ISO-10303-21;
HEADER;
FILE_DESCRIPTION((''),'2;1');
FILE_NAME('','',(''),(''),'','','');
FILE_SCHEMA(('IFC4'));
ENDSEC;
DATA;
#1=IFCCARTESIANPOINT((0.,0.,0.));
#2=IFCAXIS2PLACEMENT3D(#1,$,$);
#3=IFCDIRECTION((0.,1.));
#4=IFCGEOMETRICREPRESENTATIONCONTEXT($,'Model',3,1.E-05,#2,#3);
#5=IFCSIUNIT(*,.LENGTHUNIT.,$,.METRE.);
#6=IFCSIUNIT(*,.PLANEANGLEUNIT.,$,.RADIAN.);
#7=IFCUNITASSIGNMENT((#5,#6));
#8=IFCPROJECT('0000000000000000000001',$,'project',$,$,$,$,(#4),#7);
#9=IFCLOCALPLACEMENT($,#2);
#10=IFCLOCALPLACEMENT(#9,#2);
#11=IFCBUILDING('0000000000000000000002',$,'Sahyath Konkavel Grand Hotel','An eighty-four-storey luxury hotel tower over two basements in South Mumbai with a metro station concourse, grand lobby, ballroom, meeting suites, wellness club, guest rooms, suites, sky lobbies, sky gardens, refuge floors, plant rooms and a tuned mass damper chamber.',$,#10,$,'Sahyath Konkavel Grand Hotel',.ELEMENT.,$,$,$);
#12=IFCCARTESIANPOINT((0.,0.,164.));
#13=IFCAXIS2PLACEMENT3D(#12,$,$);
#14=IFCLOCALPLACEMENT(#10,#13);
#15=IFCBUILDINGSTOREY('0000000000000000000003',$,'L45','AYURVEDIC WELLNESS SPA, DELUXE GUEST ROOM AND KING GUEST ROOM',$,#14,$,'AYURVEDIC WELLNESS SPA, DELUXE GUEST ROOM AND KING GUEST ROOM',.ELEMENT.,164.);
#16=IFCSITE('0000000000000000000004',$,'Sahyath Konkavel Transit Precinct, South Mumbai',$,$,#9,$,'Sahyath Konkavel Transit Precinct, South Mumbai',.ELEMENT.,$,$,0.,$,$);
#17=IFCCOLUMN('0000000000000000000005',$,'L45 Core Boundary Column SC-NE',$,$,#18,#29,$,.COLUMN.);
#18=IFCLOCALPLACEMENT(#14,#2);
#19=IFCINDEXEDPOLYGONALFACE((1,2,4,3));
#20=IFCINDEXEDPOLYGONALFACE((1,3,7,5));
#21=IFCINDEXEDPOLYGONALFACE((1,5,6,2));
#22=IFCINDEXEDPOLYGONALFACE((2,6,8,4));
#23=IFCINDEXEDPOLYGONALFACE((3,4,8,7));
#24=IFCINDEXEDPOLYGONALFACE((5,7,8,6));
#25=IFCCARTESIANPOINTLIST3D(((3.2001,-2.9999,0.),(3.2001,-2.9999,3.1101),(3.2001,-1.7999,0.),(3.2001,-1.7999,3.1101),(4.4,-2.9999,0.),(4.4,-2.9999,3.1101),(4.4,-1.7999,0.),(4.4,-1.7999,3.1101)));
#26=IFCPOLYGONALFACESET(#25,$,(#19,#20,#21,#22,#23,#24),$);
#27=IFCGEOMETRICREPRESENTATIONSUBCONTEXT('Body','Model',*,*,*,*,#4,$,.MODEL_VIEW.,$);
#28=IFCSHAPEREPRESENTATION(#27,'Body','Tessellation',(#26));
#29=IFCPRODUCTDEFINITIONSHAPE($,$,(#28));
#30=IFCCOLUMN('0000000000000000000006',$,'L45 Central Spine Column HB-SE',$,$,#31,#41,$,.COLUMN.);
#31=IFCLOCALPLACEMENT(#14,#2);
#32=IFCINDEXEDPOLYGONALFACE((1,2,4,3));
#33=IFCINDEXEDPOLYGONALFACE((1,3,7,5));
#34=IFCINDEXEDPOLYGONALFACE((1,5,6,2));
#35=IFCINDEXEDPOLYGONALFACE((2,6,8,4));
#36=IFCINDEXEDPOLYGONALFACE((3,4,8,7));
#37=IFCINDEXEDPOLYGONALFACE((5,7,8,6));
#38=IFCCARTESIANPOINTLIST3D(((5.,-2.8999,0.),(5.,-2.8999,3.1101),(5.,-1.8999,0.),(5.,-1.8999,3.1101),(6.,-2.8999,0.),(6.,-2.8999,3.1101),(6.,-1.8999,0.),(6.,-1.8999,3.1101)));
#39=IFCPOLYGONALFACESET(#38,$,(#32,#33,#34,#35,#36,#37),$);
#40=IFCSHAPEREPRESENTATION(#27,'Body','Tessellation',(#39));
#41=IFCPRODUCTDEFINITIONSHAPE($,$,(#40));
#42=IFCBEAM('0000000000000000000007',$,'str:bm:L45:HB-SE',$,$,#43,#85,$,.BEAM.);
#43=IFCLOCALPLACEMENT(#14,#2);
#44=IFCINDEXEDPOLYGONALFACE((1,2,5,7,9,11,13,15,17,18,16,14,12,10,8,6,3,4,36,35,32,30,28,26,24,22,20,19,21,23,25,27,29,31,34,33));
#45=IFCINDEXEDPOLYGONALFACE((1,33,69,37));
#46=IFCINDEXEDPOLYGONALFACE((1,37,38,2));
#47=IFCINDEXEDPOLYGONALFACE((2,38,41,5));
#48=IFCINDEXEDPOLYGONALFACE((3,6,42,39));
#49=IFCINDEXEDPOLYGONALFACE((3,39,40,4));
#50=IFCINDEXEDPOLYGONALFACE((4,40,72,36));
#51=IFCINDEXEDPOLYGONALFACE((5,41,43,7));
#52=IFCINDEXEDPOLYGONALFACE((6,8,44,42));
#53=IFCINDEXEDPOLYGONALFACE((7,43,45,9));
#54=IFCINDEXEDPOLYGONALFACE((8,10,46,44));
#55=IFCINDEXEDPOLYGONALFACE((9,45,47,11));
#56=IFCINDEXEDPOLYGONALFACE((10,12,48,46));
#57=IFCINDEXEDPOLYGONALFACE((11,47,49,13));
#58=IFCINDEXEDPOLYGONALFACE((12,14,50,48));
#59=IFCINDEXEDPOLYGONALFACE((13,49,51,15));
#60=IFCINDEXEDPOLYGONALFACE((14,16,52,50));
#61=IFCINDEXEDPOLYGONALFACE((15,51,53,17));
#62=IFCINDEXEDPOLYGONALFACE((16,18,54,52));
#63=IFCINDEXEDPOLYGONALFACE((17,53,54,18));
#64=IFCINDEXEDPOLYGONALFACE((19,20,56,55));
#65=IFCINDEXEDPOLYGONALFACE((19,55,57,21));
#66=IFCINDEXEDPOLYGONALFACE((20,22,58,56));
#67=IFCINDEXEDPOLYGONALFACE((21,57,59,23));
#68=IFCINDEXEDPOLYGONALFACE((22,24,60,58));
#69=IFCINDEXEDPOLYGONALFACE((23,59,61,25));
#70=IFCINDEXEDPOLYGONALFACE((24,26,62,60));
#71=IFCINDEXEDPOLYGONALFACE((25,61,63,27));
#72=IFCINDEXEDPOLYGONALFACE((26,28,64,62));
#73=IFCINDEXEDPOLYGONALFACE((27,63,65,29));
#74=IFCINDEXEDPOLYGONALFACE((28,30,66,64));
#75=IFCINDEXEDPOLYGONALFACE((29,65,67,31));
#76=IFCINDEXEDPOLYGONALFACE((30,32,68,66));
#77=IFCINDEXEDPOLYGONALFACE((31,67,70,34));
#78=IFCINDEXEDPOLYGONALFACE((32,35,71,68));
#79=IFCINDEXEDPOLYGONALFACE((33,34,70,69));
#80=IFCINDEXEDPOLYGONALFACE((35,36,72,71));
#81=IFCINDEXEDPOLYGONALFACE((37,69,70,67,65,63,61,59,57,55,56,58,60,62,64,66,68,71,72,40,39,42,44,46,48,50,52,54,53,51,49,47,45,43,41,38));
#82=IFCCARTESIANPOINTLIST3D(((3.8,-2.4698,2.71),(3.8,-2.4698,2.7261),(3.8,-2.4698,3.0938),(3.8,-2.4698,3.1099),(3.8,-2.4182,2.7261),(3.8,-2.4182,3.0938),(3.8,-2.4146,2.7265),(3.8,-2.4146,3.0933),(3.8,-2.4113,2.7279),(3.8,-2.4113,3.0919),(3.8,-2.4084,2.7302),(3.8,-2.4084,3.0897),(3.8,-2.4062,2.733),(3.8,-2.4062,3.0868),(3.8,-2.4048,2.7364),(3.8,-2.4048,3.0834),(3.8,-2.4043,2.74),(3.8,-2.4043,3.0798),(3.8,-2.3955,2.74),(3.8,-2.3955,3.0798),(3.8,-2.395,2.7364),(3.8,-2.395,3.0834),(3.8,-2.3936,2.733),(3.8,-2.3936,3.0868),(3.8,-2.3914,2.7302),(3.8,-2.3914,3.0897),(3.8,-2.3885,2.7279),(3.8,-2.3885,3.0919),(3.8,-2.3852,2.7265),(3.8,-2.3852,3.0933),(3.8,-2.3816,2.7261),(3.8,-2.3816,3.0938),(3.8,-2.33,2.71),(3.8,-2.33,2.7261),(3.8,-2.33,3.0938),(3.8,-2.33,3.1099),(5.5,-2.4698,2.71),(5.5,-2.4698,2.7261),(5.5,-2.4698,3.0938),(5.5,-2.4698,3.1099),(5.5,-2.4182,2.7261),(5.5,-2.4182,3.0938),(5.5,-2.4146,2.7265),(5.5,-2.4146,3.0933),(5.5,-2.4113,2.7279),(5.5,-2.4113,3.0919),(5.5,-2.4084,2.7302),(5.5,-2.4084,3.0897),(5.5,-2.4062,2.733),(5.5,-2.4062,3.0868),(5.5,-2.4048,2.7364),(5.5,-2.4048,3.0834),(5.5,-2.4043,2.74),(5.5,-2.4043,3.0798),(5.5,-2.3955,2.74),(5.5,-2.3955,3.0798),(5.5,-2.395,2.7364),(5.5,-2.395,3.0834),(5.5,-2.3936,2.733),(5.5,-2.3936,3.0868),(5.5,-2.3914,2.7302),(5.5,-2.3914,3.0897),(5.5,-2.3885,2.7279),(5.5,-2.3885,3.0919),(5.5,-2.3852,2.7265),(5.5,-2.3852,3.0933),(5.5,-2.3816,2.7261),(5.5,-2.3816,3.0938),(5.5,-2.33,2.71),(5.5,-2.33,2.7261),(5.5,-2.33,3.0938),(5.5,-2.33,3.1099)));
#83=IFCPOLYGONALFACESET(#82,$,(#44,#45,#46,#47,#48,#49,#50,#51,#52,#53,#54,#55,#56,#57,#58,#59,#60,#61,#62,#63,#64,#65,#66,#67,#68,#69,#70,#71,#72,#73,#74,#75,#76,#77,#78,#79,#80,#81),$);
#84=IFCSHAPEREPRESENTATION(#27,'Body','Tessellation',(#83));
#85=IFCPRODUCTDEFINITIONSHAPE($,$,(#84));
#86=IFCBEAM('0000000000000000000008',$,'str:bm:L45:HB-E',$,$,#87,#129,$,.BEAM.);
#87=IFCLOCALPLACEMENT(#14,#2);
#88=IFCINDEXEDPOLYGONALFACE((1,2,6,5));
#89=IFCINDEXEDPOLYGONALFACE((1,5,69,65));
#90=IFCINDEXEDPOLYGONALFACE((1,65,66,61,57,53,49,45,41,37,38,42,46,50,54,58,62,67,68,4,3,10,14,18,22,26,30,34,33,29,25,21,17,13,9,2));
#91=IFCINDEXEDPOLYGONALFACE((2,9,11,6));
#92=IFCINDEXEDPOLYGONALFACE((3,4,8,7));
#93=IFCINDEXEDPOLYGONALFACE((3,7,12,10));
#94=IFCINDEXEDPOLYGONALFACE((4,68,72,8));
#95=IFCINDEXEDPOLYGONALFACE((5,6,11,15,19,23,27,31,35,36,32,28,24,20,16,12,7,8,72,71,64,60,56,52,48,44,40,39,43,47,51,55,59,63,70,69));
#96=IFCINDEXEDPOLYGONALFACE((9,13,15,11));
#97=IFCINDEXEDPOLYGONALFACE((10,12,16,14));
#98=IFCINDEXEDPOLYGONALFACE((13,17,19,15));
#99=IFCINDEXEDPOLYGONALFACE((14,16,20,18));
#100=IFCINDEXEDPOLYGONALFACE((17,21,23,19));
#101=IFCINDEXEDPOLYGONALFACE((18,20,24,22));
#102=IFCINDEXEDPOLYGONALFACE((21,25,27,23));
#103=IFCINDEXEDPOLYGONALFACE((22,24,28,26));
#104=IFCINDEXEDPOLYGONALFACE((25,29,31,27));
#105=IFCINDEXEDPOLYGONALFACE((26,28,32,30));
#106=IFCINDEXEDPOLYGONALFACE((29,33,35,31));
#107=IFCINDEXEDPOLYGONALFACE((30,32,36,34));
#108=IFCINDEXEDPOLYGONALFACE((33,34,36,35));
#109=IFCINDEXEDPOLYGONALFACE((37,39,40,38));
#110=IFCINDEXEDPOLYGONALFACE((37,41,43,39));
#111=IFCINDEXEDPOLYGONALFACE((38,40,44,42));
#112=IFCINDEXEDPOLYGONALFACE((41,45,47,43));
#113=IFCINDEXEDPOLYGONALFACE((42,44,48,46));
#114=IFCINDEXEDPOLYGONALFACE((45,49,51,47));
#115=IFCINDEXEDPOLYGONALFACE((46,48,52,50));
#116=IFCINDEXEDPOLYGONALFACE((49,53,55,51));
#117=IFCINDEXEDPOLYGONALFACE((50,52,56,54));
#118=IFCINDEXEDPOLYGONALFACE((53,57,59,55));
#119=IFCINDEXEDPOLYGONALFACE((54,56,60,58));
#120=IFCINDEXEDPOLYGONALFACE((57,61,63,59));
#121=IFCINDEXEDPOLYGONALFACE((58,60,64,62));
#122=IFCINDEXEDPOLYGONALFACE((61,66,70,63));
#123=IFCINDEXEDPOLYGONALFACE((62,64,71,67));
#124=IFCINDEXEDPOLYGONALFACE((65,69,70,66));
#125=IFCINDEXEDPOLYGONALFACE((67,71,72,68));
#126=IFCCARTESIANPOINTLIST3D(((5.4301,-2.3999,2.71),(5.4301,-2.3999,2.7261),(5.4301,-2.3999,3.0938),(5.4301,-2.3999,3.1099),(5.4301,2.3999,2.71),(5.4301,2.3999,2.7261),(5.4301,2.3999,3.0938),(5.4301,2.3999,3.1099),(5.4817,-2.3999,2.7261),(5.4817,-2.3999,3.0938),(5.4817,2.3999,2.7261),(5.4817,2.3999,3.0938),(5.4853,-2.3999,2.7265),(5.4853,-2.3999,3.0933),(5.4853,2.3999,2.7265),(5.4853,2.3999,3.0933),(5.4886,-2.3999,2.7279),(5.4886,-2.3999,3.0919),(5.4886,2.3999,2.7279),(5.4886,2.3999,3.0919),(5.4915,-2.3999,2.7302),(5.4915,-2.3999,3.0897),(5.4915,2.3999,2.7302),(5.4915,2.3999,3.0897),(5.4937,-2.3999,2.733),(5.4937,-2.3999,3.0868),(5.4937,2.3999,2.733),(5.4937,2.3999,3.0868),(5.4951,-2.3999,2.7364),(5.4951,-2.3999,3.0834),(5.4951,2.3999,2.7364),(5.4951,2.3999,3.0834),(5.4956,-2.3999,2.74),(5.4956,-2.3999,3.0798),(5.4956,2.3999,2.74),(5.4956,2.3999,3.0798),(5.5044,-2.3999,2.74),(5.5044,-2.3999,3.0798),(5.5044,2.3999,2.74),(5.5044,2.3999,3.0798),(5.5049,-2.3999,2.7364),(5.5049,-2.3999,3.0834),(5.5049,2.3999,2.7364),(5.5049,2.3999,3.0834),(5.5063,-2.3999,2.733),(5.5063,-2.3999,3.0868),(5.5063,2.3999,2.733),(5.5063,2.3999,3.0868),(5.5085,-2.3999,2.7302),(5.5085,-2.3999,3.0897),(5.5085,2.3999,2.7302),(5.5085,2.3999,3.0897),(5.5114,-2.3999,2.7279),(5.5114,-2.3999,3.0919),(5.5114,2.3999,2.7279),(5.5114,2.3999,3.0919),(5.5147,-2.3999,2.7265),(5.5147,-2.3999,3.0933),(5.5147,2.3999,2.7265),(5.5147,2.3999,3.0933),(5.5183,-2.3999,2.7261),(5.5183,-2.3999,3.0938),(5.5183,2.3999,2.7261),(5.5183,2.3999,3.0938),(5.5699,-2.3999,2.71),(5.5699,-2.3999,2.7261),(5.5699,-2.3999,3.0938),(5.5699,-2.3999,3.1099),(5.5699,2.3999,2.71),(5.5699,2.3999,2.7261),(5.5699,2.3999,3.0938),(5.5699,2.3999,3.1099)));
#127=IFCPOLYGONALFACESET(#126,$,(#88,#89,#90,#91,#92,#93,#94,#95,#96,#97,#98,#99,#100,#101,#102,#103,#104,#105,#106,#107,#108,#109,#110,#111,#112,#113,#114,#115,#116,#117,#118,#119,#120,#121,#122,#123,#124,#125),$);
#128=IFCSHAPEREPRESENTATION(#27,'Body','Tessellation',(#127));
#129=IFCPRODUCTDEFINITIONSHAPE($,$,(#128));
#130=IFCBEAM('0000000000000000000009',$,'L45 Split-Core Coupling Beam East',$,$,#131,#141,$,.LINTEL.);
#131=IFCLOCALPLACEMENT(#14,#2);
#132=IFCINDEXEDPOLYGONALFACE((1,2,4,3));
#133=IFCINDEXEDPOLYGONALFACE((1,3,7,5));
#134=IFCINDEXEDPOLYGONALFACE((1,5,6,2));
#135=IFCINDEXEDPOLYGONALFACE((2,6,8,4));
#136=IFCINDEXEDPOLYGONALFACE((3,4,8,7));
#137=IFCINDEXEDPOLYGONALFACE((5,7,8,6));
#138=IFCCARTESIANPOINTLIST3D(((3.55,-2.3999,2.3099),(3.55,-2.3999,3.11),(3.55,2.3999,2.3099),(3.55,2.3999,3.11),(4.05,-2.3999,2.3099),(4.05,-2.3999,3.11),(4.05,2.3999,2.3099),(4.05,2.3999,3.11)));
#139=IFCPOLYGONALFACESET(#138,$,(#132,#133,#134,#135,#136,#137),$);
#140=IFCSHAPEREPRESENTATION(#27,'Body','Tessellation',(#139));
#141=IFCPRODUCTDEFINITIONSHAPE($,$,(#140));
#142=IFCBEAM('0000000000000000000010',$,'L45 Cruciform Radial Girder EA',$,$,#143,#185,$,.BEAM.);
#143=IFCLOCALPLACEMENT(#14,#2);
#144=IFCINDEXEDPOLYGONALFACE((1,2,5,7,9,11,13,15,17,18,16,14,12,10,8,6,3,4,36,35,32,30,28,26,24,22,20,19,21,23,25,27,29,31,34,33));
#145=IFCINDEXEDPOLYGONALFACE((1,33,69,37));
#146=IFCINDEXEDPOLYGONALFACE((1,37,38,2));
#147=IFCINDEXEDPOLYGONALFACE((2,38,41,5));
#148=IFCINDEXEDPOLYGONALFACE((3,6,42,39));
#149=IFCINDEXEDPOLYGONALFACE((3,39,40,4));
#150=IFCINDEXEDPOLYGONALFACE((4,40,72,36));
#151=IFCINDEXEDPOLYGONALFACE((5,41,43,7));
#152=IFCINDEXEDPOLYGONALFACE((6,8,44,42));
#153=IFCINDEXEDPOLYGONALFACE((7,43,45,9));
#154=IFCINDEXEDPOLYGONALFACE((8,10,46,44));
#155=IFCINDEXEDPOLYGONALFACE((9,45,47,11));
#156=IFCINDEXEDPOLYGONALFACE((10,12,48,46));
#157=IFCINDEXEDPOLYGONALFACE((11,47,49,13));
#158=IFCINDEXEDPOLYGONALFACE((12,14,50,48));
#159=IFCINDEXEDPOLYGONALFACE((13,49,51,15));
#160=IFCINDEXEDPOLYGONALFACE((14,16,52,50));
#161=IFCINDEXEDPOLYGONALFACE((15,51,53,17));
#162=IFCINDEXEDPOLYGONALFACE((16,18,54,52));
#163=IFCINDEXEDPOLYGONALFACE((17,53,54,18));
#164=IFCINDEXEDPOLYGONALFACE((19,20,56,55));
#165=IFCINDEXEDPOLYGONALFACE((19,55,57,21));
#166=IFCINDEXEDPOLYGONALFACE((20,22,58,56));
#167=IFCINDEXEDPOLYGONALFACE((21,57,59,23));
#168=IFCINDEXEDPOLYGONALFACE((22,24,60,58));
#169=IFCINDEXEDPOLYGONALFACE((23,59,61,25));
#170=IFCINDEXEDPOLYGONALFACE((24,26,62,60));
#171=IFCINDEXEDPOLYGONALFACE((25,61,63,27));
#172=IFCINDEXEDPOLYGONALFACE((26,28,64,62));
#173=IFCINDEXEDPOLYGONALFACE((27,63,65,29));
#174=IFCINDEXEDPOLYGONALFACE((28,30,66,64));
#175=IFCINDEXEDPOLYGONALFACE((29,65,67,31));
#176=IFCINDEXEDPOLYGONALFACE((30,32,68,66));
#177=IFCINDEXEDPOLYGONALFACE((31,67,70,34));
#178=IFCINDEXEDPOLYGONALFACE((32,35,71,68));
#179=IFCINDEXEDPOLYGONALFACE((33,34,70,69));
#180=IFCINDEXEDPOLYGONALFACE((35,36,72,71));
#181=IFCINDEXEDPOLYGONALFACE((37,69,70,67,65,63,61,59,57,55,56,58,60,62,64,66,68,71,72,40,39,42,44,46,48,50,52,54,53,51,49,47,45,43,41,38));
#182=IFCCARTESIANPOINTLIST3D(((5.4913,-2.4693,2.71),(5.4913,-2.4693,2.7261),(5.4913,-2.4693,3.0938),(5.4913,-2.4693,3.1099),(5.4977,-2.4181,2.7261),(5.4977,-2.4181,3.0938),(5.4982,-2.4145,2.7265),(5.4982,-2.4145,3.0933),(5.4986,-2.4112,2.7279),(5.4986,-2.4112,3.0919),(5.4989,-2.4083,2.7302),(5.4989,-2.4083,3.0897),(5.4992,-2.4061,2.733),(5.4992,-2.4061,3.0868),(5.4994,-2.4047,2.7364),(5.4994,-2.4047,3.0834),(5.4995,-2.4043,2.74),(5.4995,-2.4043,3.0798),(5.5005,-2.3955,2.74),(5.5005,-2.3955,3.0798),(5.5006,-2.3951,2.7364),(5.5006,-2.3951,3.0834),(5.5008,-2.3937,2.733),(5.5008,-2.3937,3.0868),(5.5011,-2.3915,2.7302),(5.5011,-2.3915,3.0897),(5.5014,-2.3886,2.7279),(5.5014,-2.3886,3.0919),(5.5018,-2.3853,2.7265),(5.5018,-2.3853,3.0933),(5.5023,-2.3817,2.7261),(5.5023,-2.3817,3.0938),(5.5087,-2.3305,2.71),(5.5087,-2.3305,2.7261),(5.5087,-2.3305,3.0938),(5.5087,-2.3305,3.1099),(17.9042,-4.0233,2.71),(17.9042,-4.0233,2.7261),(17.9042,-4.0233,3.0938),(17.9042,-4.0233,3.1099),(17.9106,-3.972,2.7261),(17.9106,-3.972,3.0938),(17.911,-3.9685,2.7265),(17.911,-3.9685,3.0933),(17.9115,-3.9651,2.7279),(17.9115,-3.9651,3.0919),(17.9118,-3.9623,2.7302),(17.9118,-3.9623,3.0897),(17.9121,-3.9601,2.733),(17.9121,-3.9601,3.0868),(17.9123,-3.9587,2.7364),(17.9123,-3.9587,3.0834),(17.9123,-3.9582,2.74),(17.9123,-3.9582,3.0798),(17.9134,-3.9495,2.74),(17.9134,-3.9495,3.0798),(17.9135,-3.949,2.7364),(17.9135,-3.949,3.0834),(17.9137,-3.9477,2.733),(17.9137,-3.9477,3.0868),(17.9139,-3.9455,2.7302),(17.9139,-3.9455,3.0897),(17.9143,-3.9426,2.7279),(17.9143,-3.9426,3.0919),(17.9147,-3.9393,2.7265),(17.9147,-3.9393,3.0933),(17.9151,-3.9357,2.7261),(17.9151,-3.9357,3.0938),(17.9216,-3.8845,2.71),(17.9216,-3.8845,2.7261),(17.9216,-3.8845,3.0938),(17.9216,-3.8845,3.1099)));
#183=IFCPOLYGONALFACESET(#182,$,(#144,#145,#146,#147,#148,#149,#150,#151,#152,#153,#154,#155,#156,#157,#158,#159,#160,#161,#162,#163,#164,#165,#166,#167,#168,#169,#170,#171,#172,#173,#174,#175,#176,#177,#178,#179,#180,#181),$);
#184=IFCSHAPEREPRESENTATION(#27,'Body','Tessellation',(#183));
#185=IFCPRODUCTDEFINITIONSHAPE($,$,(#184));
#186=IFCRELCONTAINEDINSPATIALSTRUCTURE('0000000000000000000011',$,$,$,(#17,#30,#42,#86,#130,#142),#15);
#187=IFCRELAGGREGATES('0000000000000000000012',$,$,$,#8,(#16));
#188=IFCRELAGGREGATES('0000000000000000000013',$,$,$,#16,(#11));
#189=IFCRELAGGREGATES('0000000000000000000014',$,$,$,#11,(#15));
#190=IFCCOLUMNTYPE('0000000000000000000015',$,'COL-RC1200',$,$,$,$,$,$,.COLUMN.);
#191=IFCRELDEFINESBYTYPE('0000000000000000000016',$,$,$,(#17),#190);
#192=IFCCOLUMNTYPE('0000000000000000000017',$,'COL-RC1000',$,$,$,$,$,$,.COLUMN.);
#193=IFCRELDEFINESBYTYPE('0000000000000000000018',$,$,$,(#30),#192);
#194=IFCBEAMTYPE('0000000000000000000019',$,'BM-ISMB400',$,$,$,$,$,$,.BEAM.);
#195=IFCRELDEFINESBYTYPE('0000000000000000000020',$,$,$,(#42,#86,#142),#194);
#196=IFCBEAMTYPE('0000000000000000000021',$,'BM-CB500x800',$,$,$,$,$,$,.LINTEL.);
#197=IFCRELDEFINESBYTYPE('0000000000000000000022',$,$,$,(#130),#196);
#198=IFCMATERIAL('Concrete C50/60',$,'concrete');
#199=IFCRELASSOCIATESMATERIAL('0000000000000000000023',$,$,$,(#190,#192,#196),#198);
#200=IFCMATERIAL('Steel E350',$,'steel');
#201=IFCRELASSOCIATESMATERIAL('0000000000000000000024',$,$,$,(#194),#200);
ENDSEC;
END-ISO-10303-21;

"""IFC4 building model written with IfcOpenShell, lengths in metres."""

from ifc_helpers import new_model, si_unit, direction, frame, origin, origin_2d, place, context, subcontext, project, spatial, rectangle, i_section, extrude, source, transform, mapped, material, material_profile, profile_set, type_object, element, save


model = new_model("IFC4")

# Units and contexts
model_context = context("Model", 3, precision=1e-05, world=origin(), true_north=direction((0.0, 1.0)))
body_context = subcontext(model_context, "Body", "Model", "MODEL_VIEW")
ifc_project = project(units=[si_unit("LENGTHUNIT", "METRE"), si_unit("PLANEANGLEUNIT", "RADIAN")], contexts=[model_context])

# Site, building, storey
site_placement = place(None, origin())
site = spatial("IfcSite", under=ifc_project, at=site_placement, Name="Sahyath Konkavel Transit Precinct, South Mumbai", LongName="Sahyath Konkavel Transit Precinct, South Mumbai", CompositionType="ELEMENT", RefElevation=0.0)
building_placement = place(site_placement, origin())
building = spatial("IfcBuilding", under=site, at=building_placement, Name="Sahyath Konkavel Grand Hotel", Description="An eighty-four-storey luxury hotel tower over two basements in South Mumbai with a metro station concourse, grand lobby, ballroom, meeting suites, wellness club, guest rooms, suites, sky lobbies, sky gardens, refuge floors, plant rooms and a tuned mass damper chamber.", LongName="Sahyath Konkavel Grand Hotel", CompositionType="ELEMENT")
storey_placement = place(building_placement, frame((0.0, 0.0, 164.0)))
storey = spatial("IfcBuildingStorey", under=building, at=storey_placement, Name="L45", Description="AYURVEDIC WELLNESS SPA, DELUXE GUEST ROOM AND KING GUEST ROOM", LongName="AYURVEDIC WELLNESS SPA, DELUXE GUEST ROOM AND KING GUEST ROOM", CompositionType="ELEMENT", Elevation=164.0)

# Columns
ifc_material_1 = material(Name="Concrete C50/60", Category="concrete")
ifc_material_profile_1 = material_profile(ifc_material_1, rectangle(XDim=1.2, YDim=1.2, at=origin_2d()), Name="RC 1200x1200")
ifc_profile_set_1 = profile_set([ifc_material_profile_1], Name="Concrete C50/60")
column_type_1 = type_object("IfcColumnType", Name="COL-RC1200", PredefinedType="COLUMN", material=ifc_profile_set_1)
shared_shape_1 = source(origin(), body_context, "Body", "SweptSolid", [
    extrude(rectangle(XDim=1.2, YDim=1.2, at=origin_2d()), origin(), (0.0, 0.0, 1.0), 3.1101),
])
column_1_placement = place(storey_placement, frame((3.8, -2.3999, 0.0), z_axis=(0.0, 0.0, 1.0), x_axis=(1.0, 0.0, 0.0)))
element("IfcColumn", 1, at=column_1_placement, inside=storey, type_object=column_type_1, Name="L45 Core Boundary Column SC-NE", PredefinedType="COLUMN", context=body_context, shape_type="MappedRepresentation", body=[
    mapped(shared_shape_1, transform((0.0, 0.0, 0.0), scale=1.0)),
])
ifc_material_profile_2 = material_profile(ifc_material_1, rectangle(XDim=1.0, YDim=1.0, at=origin_2d()), Name="RC 1000x1000")
ifc_profile_set_2 = profile_set([ifc_material_profile_2], Name="Concrete C50/60")
column_type_2 = type_object("IfcColumnType", Name="COL-RC1000", PredefinedType="COLUMN", material=ifc_profile_set_2)
shared_shape_2 = source(origin(), body_context, "Body", "SweptSolid", [
    extrude(rectangle(XDim=1.0, YDim=1.0, at=origin_2d()), origin(), (0.0, 0.0, 1.0), 3.1101),
])
column_2_placement = place(storey_placement, frame((5.5, -2.3999, 0.0), z_axis=(0.0, 0.0, 1.0), x_axis=(1.0, 0.0, 0.0)))
element("IfcColumn", 2, at=column_2_placement, inside=storey, type_object=column_type_2, Name="L45 Central Spine Column HB-SE", PredefinedType="COLUMN", context=body_context, shape_type="MappedRepresentation", body=[
    mapped(shared_shape_2, transform((0.0, 0.0, 0.0), scale=1.0)),
])

# Beams
ifc_material_2 = material(Name="Steel E350", Category="steel")
ifc_material_profile_3 = material_profile(ifc_material_2, i_section(OverallWidth=0.1399, OverallDepth=0.3999, WebThickness=0.0088, FlangeThickness=0.0161, FilletRadius=0.0139, at=origin_2d()), Name="ISMB 400")
ifc_profile_set_3 = profile_set([ifc_material_profile_3], Name="Steel E350")
beam_type_1 = type_object("IfcBeamType", Name="BM-ISMB400", PredefinedType="BEAM", material=ifc_profile_set_3)
shared_shape_3 = source(origin(), body_context, "Body", "SweptSolid", [
    extrude(i_section(OverallWidth=0.1399, OverallDepth=0.3999, WebThickness=0.0088, FlangeThickness=0.0161, FilletRadius=0.0139, at=origin_2d()), origin(), (0.0, 0.0, 1.0), 1.7),
])
beam_1_placement = place(storey_placement, frame((3.8, -2.3999, 2.9099), z_axis=(1.0, 0.0, 0.0), x_axis=(0.0, 1.0, 0.0)))
element("IfcBeam", 3, at=beam_1_placement, inside=storey, type_object=beam_type_1, Name="str:bm:L45:HB-SE", PredefinedType="BEAM", context=body_context, shape_type="MappedRepresentation", body=[
    mapped(shared_shape_3, transform((0.0, 0.0, 0.0), scale=1.0)),
])
shared_shape_4 = source(origin(), body_context, "Body", "SweptSolid", [
    extrude(i_section(OverallWidth=0.1399, OverallDepth=0.3999, WebThickness=0.0088, FlangeThickness=0.0161, FilletRadius=0.0139, at=origin_2d()), origin(), (0.0, 0.0, 1.0), 4.7998),
])
beam_2_placement = place(storey_placement, frame((5.5, -2.3999, 2.9099), z_axis=(0.0, 1.0, 0.0), x_axis=(-1.0, 0.0, 0.0)))
element("IfcBeam", 4, at=beam_2_placement, inside=storey, type_object=beam_type_1, Name="str:bm:L45:HB-E", PredefinedType="BEAM", context=body_context, shape_type="MappedRepresentation", body=[
    mapped(shared_shape_4, transform((0.0, 0.0, 0.0), scale=1.0)),
])
ifc_material_profile_4 = material_profile(ifc_material_1, rectangle(XDim=0.5, YDim=0.8, at=origin_2d()), Name="RC 500x800")
ifc_profile_set_4 = profile_set([ifc_material_profile_4], Name="Concrete C50/60")
beam_type_2 = type_object("IfcBeamType", Name="BM-CB500x800", PredefinedType="LINTEL", material=ifc_profile_set_4)
shared_shape_5 = source(origin(), body_context, "Body", "SweptSolid", [
    extrude(rectangle(XDim=0.5, YDim=0.8, at=origin_2d()), origin(), (0.0, 0.0, 1.0), 4.7998),
])
beam_3_placement = place(storey_placement, frame((3.8, -2.3999, 2.71), z_axis=(0.0, 1.0, 0.0), x_axis=(-1.0, 0.0, 0.0)))
element("IfcBeam", 5, at=beam_3_placement, inside=storey, type_object=beam_type_2, Name="L45 Split-Core Coupling Beam East", PredefinedType="LINTEL", context=body_context, shape_type="MappedRepresentation", body=[
    mapped(shared_shape_5, transform((0.0, 0.0, 0.0), scale=1.0)),
])
shared_shape_6 = source(origin(), body_context, "Body", "SweptSolid", [
    extrude(i_section(OverallWidth=0.1399, OverallDepth=0.3999, WebThickness=0.0088, FlangeThickness=0.0161, FilletRadius=0.0139, at=origin_2d()), origin(), (0.0, 0.0, 1.0), 12.5098),
])
beam_4_placement = place(storey_placement, frame((5.5, -2.3999, 2.9099), z_axis=(0.992255, -0.12422, 0.0), x_axis=(0.12422, 0.992255, 0.0)))
element("IfcBeam", 6, at=beam_4_placement, inside=storey, type_object=beam_type_1, Name="L45 Cruciform Radial Girder EA", PredefinedType="BEAM", context=body_context, shape_type="MappedRepresentation", body=[
    mapped(shared_shape_6, transform((0.0, 0.0, 0.0), scale=1.0)),
])

save(model, "model.ifc")
